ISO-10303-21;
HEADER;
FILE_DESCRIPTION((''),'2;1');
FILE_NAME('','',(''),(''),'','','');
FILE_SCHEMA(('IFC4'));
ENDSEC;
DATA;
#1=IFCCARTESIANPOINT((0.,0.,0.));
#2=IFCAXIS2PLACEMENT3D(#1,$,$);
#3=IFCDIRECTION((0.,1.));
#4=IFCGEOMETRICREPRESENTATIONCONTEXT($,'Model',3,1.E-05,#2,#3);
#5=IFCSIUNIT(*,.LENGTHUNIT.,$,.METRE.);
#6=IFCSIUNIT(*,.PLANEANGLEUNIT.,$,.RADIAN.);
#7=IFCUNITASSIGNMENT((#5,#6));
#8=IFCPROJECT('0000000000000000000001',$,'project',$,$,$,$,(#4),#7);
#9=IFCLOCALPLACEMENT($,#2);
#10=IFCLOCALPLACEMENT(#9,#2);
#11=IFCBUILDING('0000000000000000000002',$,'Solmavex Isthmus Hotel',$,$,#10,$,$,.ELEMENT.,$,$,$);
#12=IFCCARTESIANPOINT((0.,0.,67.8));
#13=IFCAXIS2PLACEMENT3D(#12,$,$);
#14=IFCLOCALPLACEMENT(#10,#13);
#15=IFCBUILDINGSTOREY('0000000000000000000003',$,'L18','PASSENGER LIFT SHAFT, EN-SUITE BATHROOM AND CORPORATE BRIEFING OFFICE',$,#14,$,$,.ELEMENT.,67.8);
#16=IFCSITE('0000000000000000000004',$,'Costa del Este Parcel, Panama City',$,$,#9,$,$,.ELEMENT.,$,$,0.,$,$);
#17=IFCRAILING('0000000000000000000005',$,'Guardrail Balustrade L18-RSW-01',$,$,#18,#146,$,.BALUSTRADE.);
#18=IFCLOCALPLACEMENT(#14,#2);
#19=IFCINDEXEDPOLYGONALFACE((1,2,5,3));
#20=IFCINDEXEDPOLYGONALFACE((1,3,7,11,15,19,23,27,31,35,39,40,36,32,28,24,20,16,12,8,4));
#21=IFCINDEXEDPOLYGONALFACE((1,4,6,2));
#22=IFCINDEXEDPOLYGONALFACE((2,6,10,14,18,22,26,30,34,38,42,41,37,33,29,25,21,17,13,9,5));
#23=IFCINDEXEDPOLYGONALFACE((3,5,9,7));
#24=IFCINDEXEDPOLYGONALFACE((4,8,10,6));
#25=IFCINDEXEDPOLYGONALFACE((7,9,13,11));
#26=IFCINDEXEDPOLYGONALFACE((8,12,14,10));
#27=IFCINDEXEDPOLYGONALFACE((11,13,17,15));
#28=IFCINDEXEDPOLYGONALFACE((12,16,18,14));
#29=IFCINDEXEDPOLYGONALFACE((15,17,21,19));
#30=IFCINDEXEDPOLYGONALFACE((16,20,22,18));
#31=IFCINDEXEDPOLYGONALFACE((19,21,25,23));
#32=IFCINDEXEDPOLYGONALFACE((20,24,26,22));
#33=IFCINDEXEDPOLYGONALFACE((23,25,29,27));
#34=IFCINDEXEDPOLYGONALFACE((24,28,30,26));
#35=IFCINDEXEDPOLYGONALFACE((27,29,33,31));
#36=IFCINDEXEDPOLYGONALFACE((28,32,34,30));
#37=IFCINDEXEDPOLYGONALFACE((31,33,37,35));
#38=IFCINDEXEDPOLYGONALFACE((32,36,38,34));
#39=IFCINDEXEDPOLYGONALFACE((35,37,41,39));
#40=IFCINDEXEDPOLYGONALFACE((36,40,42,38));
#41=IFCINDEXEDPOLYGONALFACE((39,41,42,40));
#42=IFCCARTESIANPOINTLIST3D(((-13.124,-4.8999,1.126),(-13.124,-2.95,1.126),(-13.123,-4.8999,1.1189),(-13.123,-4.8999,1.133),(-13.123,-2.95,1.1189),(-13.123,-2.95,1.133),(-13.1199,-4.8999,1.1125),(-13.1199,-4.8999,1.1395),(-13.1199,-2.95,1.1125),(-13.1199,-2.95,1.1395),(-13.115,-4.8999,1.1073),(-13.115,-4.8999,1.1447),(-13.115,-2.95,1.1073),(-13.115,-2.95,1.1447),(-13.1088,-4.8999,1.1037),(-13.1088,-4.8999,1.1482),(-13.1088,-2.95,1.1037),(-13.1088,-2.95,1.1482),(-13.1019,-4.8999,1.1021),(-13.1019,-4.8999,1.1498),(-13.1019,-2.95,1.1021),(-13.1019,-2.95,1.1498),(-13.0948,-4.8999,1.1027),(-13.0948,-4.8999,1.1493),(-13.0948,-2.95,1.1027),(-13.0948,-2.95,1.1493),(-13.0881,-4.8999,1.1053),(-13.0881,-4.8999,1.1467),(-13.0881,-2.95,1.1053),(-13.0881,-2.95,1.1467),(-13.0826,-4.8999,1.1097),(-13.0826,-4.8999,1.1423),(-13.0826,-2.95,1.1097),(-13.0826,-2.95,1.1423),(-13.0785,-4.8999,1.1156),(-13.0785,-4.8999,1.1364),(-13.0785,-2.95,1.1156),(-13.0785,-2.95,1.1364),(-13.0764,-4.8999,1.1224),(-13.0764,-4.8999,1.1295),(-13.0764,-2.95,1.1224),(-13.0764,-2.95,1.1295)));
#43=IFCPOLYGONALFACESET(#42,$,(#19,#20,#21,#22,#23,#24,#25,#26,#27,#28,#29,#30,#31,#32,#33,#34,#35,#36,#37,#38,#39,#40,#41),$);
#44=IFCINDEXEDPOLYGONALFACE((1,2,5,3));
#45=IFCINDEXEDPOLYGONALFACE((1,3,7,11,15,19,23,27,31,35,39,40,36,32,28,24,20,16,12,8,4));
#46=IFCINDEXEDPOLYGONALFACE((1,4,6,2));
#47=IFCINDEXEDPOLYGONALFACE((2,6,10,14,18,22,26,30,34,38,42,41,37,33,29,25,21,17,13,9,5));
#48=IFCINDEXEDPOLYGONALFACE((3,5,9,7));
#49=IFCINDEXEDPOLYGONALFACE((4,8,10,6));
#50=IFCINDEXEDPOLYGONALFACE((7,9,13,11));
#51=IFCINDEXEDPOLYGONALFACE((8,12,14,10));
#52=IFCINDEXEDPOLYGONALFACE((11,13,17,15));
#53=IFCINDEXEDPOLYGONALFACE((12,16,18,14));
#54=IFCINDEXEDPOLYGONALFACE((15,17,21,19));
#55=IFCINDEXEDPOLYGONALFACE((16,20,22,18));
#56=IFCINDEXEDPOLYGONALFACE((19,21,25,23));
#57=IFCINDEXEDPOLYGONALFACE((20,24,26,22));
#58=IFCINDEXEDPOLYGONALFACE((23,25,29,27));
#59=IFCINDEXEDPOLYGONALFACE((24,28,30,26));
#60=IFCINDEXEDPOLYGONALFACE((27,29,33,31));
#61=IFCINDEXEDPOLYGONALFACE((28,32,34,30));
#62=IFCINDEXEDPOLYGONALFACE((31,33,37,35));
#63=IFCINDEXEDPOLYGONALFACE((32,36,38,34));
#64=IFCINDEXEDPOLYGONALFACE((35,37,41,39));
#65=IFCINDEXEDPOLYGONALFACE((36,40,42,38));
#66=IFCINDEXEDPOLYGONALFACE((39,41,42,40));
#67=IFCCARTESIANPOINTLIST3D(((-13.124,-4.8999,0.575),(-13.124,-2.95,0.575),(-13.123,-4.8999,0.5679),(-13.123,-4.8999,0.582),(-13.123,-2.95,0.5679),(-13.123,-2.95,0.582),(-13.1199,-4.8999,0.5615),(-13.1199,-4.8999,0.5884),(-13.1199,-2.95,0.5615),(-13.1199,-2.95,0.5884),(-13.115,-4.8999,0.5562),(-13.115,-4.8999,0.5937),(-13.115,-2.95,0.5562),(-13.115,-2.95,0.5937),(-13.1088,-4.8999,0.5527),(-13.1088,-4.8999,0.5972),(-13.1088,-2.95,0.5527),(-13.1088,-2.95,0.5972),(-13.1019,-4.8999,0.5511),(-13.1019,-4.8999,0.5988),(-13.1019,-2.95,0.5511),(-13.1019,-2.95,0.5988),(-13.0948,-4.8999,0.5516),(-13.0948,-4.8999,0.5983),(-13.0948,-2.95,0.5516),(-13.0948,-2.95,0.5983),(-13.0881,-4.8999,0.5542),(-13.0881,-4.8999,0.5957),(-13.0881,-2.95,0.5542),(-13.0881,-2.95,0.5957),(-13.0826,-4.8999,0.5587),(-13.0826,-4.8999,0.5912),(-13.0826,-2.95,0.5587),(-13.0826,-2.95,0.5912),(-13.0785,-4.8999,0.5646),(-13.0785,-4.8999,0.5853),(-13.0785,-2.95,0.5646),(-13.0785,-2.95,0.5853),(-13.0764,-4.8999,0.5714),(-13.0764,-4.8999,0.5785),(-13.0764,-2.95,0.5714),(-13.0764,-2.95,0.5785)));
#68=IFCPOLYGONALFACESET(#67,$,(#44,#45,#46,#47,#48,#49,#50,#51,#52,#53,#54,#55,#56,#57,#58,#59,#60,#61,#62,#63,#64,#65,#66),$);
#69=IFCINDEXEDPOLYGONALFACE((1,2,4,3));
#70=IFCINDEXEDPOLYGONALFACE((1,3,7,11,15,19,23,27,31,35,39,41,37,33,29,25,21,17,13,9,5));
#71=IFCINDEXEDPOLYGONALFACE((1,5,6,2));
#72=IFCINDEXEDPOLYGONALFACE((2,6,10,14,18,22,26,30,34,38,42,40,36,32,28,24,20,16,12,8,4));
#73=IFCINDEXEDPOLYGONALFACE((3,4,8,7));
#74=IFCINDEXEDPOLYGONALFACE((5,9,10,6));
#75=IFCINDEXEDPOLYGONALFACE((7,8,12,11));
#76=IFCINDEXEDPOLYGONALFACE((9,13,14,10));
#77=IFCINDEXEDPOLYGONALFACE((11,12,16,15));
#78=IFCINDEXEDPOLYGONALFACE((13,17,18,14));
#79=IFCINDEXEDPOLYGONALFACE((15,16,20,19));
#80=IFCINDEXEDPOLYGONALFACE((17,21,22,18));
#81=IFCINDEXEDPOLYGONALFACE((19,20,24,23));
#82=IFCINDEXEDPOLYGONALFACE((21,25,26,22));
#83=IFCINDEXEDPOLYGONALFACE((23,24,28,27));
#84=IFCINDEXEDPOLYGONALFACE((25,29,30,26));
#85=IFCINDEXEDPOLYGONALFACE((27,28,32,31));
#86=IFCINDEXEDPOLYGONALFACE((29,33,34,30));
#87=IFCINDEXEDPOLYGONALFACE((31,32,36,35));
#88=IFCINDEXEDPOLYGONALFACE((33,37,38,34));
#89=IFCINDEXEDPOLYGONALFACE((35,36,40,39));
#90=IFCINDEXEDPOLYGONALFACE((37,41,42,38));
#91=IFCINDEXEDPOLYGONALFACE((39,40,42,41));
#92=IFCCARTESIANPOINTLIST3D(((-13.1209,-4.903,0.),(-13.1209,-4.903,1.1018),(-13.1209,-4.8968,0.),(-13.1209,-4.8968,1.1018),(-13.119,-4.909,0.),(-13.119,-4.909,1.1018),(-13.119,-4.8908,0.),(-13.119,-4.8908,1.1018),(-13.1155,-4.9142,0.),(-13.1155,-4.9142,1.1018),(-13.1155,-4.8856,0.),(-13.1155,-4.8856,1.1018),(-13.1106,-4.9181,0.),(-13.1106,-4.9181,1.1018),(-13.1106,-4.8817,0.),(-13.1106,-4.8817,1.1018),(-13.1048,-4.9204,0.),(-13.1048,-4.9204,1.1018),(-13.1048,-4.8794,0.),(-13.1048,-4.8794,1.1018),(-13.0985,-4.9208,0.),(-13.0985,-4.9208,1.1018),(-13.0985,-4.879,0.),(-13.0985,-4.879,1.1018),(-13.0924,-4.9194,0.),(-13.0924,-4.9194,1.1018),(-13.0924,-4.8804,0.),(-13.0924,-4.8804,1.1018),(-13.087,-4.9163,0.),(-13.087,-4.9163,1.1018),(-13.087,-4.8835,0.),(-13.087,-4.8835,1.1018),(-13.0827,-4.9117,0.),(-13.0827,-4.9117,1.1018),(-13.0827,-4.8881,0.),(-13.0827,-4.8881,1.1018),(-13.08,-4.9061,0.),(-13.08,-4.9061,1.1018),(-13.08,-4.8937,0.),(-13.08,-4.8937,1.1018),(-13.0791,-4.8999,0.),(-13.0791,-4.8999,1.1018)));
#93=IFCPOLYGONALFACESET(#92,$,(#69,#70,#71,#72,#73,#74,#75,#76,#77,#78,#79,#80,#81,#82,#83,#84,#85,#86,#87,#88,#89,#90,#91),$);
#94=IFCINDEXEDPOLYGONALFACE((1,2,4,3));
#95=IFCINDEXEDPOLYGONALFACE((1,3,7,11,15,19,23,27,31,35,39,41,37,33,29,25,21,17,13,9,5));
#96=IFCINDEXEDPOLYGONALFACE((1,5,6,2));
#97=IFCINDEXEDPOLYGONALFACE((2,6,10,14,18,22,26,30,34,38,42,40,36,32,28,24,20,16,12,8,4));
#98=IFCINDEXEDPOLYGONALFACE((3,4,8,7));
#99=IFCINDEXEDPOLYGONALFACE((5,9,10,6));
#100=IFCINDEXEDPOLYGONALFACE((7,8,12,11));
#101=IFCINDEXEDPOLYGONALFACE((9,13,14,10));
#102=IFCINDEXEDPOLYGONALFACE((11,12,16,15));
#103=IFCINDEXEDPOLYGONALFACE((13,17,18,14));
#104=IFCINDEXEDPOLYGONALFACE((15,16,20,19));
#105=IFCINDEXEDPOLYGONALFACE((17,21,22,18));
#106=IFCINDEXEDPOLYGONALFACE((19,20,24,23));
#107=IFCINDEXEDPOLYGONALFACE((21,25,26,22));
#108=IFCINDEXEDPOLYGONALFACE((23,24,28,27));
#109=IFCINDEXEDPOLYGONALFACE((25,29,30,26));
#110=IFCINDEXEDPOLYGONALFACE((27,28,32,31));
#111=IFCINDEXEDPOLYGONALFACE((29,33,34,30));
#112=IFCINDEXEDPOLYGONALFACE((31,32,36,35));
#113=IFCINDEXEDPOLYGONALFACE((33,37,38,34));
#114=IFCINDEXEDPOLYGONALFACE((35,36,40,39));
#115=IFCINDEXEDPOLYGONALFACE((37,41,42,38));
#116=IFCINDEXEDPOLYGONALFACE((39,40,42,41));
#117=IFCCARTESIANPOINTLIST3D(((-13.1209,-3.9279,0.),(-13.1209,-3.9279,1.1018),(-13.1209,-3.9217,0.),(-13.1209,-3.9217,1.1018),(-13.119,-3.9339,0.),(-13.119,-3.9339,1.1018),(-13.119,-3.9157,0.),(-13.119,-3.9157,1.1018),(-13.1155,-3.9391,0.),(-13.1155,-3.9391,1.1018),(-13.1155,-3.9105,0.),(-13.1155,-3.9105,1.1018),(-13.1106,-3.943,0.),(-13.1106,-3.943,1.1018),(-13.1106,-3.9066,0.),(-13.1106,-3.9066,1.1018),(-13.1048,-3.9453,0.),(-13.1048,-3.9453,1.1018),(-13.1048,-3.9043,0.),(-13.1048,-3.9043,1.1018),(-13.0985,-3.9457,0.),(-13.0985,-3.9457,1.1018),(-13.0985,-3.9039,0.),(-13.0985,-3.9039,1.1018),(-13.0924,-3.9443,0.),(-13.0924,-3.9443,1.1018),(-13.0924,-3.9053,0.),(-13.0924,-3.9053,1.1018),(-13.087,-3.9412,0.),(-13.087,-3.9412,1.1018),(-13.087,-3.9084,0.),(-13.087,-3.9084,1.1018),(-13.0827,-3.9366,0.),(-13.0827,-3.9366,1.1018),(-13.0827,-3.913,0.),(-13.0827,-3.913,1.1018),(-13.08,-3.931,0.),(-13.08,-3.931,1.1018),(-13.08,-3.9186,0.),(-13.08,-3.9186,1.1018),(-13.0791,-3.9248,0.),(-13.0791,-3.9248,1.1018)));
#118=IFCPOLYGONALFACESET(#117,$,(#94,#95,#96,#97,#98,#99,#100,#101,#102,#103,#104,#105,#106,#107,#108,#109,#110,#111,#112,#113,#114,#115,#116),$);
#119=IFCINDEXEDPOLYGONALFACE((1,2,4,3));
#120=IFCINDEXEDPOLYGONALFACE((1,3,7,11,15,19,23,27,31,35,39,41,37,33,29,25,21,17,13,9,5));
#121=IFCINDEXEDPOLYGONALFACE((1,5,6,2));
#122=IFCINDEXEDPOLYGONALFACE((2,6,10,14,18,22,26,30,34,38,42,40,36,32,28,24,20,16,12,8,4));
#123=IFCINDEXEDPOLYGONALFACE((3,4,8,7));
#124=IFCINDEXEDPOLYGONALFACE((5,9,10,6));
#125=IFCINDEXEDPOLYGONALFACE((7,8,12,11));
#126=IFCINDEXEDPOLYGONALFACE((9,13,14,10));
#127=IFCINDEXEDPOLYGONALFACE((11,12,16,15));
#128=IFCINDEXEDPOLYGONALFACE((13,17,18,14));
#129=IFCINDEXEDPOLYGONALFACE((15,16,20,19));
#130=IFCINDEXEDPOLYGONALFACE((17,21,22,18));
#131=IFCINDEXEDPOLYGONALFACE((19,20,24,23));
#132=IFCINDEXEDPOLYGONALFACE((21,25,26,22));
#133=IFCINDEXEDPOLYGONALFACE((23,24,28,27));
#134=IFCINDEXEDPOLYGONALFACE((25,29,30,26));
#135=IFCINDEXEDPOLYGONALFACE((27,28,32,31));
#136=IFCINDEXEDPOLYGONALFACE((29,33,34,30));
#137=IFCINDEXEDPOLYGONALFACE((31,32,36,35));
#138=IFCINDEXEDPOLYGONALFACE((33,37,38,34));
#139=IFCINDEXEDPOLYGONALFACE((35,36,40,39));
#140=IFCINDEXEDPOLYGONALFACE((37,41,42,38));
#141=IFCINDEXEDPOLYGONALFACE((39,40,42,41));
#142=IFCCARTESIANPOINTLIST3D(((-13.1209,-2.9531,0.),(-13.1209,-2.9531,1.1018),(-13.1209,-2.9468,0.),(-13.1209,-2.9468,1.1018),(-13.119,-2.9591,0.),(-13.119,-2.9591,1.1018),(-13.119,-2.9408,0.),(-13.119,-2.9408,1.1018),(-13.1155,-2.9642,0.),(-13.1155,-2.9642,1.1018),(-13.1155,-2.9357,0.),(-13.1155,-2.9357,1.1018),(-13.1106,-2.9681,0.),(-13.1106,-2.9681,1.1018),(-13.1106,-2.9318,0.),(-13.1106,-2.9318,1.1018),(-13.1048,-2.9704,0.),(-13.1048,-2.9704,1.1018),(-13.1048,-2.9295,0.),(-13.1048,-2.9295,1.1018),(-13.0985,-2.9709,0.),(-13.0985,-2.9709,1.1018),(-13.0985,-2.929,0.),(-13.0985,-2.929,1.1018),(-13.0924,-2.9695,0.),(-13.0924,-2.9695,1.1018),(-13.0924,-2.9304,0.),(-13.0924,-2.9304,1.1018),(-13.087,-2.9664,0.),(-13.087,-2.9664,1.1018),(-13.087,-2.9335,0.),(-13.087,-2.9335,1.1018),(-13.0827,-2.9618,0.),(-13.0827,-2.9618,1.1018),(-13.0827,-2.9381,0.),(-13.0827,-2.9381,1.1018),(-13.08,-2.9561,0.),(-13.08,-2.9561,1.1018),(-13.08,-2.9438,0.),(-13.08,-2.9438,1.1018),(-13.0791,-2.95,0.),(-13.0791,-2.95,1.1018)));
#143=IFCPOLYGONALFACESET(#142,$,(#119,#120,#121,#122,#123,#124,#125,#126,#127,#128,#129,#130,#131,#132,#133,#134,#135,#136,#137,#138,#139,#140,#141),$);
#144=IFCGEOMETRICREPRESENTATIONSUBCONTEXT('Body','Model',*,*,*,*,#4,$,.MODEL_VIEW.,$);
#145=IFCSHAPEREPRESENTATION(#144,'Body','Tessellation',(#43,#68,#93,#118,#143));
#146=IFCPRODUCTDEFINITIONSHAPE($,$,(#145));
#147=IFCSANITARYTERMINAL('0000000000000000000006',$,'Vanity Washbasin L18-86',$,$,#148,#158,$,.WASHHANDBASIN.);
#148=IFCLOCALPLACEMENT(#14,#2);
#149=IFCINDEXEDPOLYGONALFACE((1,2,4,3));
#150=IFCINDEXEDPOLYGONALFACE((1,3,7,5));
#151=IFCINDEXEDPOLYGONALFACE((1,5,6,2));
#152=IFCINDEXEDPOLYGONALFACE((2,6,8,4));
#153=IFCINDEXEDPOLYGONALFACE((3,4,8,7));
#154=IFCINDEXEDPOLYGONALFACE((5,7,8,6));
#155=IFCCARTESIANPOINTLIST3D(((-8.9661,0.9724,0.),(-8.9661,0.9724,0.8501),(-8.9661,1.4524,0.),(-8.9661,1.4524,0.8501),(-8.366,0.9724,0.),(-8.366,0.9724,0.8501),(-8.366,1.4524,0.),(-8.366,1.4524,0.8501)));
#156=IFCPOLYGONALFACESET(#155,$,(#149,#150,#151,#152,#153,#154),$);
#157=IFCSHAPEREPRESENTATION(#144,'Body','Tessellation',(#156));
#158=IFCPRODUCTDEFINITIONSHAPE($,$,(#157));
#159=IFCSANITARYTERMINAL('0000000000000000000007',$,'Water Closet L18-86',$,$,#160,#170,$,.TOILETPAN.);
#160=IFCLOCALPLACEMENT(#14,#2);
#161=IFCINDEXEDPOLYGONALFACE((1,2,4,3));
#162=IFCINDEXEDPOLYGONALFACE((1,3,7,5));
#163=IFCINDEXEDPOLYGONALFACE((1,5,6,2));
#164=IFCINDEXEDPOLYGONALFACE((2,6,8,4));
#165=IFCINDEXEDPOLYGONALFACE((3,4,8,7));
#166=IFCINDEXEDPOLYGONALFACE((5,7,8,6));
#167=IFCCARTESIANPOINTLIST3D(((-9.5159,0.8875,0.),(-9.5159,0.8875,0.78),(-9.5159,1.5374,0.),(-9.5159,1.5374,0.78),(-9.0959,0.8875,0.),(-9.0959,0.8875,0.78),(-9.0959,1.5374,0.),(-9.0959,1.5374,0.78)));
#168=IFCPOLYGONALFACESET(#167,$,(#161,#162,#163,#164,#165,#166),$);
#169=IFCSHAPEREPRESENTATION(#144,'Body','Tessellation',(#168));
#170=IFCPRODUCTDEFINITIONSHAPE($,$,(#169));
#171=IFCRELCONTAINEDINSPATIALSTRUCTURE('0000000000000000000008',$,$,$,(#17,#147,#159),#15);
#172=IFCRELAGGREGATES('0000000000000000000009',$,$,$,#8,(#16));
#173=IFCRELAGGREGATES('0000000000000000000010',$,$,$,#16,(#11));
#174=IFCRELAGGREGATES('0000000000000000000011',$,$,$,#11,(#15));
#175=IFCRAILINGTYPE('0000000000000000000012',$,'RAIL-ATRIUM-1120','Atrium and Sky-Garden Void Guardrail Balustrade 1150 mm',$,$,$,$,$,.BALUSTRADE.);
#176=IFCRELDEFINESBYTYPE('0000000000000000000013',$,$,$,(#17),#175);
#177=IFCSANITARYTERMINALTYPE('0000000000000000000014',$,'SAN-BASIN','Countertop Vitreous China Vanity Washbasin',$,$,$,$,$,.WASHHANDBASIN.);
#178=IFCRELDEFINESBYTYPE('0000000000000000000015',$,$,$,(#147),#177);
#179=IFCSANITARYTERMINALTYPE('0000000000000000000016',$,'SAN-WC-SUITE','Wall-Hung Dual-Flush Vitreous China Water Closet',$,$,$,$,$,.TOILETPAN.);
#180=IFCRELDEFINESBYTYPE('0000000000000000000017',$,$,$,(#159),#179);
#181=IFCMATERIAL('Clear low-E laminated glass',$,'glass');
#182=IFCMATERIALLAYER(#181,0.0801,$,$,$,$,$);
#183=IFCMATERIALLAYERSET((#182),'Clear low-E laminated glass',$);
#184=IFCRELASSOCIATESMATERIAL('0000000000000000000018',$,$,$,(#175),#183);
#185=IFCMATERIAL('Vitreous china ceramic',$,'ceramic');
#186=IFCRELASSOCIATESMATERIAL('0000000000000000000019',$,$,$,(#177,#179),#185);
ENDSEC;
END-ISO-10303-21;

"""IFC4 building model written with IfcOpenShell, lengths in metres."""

from ifc_helpers import new_model, si_unit, direction, frame, origin, origin_2d, place, context, subcontext, project, spatial, rectangle, circle, extrude, material, layer, layer_set, type_object, element, save


model = new_model("IFC4")

# Units and contexts
model_context = context("Model", 3, precision=1e-05, world=origin(), true_north=direction((0.0, 1.0)))
body_context = subcontext(model_context, "Body", "Model", "MODEL_VIEW")
ifc_project = project(units=[si_unit("LENGTHUNIT", "METRE"), si_unit("PLANEANGLEUNIT", "RADIAN")], contexts=[model_context])

# Site, building, storey
site_placement = place(None, origin())
site = spatial("IfcSite", under=ifc_project, at=site_placement, Name="Costa del Este Parcel, Panama City", CompositionType="ELEMENT", RefElevation=0.0)
building_placement = place(site_placement, origin())
building = spatial("IfcBuilding", under=site, at=building_placement, Name="Solmavex Isthmus Hotel", CompositionType="ELEMENT")
storey_placement = place(building_placement, frame((0.0, 0.0, 67.8)))
storey = spatial("IfcBuildingStorey", under=building, at=storey_placement, Name="L18", Description="PASSENGER LIFT SHAFT, EN-SUITE BATHROOM AND CORPORATE BRIEFING OFFICE", CompositionType="ELEMENT", Elevation=67.8)

# Railing
ifc_material_1 = material(Name="Clear low-E laminated glass", Category="glass")
ifc_layer_1 = layer(ifc_material_1, 0.0801)
ifc_layer_set_1 = layer_set([ifc_layer_1], Name="Clear low-E laminated glass")
railing_type = type_object("IfcRailingType", Name="RAIL-ATRIUM-1120", Description="Atrium and Sky-Garden Void Guardrail Balustrade 1150 mm", PredefinedType="BALUSTRADE", material=ifc_layer_set_1)
railing_placement = place(storey_placement, frame((-13.1001, -4.8999, 0.0)))
element("IfcRailing", 1, at=railing_placement, inside=storey, type_object=railing_type, Name="Guardrail Balustrade L18-RSW-01", PredefinedType="BALUSTRADE", context=body_context, shape_type="SweptSolid", body=[
    extrude(circle(Radius=0.0239, at=origin_2d()), frame((0.0, 0.0, 1.126), z_axis=(0.0, 1.0, 0.0), x_axis=(-1.0, 0.0, 0.0)), (0.0, 0.0, 1.0), 1.95),
    extrude(circle(Radius=0.0239, at=origin_2d()), frame((0.0, 0.0, 0.575), z_axis=(0.0, 1.0, 0.0), x_axis=(-1.0, 0.0, 0.0)), (0.0, 0.0, 1.0), 1.95),
    extrude(circle(Radius=0.021, at=origin_2d()), origin(), (0.0, 0.0, 1.0), 1.1018),
    extrude(circle(Radius=0.021, at=origin_2d()), frame((0.0, 0.9751, 0.0)), (0.0, 0.0, 1.0), 1.1018),
    extrude(circle(Radius=0.021, at=origin_2d()), frame((0.0, 1.95, 0.0)), (0.0, 0.0, 1.0), 1.1018),
])

# Sanitary terminals
ifc_material_2 = material(Name="Vitreous china ceramic", Category="ceramic")
sanitary_terminal_type_1 = type_object("IfcSanitaryTerminalType", Name="SAN-BASIN", Description="Countertop Vitreous China Vanity Washbasin", PredefinedType="WASHHANDBASIN", material=ifc_material_2)
sanitary_terminal_1_placement = place(storey_placement, frame((-8.666, 1.2124, 0.0), z_axis=(0.0, 0.0, 1.0), x_axis=(1.0, 0.0, 0.0)))
element("IfcSanitaryTerminal", 2, at=sanitary_terminal_1_placement, inside=storey, type_object=sanitary_terminal_type_1, Name="Vanity Washbasin L18-86", PredefinedType="WASHHANDBASIN", context=body_context, shape_type="SweptSolid", body=[
    extrude(rectangle(XDim=0.6001, YDim=0.48, at=origin_2d()), origin(), (0.0, 0.0, 1.0), 0.8501),
])
sanitary_terminal_type_2 = type_object("IfcSanitaryTerminalType", Name="SAN-WC-SUITE", Description="Wall-Hung Dual-Flush Vitreous China Water Closet", PredefinedType="TOILETPAN", material=ifc_material_2)
sanitary_terminal_2_placement = place(storey_placement, frame((-9.3059, 1.2124, 0.0), z_axis=(0.0, 0.0, 1.0), x_axis=(1.0, 0.0, 0.0)))
element("IfcSanitaryTerminal", 3, at=sanitary_terminal_2_placement, inside=storey, type_object=sanitary_terminal_type_2, Name="Water Closet L18-86", PredefinedType="TOILETPAN", context=body_context, shape_type="SweptSolid", body=[
    extrude(rectangle(XDim=0.4199, YDim=0.6499, at=origin_2d()), origin(), (0.0, 0.0, 1.0), 0.78),
])

save(model, "model.ifc")
